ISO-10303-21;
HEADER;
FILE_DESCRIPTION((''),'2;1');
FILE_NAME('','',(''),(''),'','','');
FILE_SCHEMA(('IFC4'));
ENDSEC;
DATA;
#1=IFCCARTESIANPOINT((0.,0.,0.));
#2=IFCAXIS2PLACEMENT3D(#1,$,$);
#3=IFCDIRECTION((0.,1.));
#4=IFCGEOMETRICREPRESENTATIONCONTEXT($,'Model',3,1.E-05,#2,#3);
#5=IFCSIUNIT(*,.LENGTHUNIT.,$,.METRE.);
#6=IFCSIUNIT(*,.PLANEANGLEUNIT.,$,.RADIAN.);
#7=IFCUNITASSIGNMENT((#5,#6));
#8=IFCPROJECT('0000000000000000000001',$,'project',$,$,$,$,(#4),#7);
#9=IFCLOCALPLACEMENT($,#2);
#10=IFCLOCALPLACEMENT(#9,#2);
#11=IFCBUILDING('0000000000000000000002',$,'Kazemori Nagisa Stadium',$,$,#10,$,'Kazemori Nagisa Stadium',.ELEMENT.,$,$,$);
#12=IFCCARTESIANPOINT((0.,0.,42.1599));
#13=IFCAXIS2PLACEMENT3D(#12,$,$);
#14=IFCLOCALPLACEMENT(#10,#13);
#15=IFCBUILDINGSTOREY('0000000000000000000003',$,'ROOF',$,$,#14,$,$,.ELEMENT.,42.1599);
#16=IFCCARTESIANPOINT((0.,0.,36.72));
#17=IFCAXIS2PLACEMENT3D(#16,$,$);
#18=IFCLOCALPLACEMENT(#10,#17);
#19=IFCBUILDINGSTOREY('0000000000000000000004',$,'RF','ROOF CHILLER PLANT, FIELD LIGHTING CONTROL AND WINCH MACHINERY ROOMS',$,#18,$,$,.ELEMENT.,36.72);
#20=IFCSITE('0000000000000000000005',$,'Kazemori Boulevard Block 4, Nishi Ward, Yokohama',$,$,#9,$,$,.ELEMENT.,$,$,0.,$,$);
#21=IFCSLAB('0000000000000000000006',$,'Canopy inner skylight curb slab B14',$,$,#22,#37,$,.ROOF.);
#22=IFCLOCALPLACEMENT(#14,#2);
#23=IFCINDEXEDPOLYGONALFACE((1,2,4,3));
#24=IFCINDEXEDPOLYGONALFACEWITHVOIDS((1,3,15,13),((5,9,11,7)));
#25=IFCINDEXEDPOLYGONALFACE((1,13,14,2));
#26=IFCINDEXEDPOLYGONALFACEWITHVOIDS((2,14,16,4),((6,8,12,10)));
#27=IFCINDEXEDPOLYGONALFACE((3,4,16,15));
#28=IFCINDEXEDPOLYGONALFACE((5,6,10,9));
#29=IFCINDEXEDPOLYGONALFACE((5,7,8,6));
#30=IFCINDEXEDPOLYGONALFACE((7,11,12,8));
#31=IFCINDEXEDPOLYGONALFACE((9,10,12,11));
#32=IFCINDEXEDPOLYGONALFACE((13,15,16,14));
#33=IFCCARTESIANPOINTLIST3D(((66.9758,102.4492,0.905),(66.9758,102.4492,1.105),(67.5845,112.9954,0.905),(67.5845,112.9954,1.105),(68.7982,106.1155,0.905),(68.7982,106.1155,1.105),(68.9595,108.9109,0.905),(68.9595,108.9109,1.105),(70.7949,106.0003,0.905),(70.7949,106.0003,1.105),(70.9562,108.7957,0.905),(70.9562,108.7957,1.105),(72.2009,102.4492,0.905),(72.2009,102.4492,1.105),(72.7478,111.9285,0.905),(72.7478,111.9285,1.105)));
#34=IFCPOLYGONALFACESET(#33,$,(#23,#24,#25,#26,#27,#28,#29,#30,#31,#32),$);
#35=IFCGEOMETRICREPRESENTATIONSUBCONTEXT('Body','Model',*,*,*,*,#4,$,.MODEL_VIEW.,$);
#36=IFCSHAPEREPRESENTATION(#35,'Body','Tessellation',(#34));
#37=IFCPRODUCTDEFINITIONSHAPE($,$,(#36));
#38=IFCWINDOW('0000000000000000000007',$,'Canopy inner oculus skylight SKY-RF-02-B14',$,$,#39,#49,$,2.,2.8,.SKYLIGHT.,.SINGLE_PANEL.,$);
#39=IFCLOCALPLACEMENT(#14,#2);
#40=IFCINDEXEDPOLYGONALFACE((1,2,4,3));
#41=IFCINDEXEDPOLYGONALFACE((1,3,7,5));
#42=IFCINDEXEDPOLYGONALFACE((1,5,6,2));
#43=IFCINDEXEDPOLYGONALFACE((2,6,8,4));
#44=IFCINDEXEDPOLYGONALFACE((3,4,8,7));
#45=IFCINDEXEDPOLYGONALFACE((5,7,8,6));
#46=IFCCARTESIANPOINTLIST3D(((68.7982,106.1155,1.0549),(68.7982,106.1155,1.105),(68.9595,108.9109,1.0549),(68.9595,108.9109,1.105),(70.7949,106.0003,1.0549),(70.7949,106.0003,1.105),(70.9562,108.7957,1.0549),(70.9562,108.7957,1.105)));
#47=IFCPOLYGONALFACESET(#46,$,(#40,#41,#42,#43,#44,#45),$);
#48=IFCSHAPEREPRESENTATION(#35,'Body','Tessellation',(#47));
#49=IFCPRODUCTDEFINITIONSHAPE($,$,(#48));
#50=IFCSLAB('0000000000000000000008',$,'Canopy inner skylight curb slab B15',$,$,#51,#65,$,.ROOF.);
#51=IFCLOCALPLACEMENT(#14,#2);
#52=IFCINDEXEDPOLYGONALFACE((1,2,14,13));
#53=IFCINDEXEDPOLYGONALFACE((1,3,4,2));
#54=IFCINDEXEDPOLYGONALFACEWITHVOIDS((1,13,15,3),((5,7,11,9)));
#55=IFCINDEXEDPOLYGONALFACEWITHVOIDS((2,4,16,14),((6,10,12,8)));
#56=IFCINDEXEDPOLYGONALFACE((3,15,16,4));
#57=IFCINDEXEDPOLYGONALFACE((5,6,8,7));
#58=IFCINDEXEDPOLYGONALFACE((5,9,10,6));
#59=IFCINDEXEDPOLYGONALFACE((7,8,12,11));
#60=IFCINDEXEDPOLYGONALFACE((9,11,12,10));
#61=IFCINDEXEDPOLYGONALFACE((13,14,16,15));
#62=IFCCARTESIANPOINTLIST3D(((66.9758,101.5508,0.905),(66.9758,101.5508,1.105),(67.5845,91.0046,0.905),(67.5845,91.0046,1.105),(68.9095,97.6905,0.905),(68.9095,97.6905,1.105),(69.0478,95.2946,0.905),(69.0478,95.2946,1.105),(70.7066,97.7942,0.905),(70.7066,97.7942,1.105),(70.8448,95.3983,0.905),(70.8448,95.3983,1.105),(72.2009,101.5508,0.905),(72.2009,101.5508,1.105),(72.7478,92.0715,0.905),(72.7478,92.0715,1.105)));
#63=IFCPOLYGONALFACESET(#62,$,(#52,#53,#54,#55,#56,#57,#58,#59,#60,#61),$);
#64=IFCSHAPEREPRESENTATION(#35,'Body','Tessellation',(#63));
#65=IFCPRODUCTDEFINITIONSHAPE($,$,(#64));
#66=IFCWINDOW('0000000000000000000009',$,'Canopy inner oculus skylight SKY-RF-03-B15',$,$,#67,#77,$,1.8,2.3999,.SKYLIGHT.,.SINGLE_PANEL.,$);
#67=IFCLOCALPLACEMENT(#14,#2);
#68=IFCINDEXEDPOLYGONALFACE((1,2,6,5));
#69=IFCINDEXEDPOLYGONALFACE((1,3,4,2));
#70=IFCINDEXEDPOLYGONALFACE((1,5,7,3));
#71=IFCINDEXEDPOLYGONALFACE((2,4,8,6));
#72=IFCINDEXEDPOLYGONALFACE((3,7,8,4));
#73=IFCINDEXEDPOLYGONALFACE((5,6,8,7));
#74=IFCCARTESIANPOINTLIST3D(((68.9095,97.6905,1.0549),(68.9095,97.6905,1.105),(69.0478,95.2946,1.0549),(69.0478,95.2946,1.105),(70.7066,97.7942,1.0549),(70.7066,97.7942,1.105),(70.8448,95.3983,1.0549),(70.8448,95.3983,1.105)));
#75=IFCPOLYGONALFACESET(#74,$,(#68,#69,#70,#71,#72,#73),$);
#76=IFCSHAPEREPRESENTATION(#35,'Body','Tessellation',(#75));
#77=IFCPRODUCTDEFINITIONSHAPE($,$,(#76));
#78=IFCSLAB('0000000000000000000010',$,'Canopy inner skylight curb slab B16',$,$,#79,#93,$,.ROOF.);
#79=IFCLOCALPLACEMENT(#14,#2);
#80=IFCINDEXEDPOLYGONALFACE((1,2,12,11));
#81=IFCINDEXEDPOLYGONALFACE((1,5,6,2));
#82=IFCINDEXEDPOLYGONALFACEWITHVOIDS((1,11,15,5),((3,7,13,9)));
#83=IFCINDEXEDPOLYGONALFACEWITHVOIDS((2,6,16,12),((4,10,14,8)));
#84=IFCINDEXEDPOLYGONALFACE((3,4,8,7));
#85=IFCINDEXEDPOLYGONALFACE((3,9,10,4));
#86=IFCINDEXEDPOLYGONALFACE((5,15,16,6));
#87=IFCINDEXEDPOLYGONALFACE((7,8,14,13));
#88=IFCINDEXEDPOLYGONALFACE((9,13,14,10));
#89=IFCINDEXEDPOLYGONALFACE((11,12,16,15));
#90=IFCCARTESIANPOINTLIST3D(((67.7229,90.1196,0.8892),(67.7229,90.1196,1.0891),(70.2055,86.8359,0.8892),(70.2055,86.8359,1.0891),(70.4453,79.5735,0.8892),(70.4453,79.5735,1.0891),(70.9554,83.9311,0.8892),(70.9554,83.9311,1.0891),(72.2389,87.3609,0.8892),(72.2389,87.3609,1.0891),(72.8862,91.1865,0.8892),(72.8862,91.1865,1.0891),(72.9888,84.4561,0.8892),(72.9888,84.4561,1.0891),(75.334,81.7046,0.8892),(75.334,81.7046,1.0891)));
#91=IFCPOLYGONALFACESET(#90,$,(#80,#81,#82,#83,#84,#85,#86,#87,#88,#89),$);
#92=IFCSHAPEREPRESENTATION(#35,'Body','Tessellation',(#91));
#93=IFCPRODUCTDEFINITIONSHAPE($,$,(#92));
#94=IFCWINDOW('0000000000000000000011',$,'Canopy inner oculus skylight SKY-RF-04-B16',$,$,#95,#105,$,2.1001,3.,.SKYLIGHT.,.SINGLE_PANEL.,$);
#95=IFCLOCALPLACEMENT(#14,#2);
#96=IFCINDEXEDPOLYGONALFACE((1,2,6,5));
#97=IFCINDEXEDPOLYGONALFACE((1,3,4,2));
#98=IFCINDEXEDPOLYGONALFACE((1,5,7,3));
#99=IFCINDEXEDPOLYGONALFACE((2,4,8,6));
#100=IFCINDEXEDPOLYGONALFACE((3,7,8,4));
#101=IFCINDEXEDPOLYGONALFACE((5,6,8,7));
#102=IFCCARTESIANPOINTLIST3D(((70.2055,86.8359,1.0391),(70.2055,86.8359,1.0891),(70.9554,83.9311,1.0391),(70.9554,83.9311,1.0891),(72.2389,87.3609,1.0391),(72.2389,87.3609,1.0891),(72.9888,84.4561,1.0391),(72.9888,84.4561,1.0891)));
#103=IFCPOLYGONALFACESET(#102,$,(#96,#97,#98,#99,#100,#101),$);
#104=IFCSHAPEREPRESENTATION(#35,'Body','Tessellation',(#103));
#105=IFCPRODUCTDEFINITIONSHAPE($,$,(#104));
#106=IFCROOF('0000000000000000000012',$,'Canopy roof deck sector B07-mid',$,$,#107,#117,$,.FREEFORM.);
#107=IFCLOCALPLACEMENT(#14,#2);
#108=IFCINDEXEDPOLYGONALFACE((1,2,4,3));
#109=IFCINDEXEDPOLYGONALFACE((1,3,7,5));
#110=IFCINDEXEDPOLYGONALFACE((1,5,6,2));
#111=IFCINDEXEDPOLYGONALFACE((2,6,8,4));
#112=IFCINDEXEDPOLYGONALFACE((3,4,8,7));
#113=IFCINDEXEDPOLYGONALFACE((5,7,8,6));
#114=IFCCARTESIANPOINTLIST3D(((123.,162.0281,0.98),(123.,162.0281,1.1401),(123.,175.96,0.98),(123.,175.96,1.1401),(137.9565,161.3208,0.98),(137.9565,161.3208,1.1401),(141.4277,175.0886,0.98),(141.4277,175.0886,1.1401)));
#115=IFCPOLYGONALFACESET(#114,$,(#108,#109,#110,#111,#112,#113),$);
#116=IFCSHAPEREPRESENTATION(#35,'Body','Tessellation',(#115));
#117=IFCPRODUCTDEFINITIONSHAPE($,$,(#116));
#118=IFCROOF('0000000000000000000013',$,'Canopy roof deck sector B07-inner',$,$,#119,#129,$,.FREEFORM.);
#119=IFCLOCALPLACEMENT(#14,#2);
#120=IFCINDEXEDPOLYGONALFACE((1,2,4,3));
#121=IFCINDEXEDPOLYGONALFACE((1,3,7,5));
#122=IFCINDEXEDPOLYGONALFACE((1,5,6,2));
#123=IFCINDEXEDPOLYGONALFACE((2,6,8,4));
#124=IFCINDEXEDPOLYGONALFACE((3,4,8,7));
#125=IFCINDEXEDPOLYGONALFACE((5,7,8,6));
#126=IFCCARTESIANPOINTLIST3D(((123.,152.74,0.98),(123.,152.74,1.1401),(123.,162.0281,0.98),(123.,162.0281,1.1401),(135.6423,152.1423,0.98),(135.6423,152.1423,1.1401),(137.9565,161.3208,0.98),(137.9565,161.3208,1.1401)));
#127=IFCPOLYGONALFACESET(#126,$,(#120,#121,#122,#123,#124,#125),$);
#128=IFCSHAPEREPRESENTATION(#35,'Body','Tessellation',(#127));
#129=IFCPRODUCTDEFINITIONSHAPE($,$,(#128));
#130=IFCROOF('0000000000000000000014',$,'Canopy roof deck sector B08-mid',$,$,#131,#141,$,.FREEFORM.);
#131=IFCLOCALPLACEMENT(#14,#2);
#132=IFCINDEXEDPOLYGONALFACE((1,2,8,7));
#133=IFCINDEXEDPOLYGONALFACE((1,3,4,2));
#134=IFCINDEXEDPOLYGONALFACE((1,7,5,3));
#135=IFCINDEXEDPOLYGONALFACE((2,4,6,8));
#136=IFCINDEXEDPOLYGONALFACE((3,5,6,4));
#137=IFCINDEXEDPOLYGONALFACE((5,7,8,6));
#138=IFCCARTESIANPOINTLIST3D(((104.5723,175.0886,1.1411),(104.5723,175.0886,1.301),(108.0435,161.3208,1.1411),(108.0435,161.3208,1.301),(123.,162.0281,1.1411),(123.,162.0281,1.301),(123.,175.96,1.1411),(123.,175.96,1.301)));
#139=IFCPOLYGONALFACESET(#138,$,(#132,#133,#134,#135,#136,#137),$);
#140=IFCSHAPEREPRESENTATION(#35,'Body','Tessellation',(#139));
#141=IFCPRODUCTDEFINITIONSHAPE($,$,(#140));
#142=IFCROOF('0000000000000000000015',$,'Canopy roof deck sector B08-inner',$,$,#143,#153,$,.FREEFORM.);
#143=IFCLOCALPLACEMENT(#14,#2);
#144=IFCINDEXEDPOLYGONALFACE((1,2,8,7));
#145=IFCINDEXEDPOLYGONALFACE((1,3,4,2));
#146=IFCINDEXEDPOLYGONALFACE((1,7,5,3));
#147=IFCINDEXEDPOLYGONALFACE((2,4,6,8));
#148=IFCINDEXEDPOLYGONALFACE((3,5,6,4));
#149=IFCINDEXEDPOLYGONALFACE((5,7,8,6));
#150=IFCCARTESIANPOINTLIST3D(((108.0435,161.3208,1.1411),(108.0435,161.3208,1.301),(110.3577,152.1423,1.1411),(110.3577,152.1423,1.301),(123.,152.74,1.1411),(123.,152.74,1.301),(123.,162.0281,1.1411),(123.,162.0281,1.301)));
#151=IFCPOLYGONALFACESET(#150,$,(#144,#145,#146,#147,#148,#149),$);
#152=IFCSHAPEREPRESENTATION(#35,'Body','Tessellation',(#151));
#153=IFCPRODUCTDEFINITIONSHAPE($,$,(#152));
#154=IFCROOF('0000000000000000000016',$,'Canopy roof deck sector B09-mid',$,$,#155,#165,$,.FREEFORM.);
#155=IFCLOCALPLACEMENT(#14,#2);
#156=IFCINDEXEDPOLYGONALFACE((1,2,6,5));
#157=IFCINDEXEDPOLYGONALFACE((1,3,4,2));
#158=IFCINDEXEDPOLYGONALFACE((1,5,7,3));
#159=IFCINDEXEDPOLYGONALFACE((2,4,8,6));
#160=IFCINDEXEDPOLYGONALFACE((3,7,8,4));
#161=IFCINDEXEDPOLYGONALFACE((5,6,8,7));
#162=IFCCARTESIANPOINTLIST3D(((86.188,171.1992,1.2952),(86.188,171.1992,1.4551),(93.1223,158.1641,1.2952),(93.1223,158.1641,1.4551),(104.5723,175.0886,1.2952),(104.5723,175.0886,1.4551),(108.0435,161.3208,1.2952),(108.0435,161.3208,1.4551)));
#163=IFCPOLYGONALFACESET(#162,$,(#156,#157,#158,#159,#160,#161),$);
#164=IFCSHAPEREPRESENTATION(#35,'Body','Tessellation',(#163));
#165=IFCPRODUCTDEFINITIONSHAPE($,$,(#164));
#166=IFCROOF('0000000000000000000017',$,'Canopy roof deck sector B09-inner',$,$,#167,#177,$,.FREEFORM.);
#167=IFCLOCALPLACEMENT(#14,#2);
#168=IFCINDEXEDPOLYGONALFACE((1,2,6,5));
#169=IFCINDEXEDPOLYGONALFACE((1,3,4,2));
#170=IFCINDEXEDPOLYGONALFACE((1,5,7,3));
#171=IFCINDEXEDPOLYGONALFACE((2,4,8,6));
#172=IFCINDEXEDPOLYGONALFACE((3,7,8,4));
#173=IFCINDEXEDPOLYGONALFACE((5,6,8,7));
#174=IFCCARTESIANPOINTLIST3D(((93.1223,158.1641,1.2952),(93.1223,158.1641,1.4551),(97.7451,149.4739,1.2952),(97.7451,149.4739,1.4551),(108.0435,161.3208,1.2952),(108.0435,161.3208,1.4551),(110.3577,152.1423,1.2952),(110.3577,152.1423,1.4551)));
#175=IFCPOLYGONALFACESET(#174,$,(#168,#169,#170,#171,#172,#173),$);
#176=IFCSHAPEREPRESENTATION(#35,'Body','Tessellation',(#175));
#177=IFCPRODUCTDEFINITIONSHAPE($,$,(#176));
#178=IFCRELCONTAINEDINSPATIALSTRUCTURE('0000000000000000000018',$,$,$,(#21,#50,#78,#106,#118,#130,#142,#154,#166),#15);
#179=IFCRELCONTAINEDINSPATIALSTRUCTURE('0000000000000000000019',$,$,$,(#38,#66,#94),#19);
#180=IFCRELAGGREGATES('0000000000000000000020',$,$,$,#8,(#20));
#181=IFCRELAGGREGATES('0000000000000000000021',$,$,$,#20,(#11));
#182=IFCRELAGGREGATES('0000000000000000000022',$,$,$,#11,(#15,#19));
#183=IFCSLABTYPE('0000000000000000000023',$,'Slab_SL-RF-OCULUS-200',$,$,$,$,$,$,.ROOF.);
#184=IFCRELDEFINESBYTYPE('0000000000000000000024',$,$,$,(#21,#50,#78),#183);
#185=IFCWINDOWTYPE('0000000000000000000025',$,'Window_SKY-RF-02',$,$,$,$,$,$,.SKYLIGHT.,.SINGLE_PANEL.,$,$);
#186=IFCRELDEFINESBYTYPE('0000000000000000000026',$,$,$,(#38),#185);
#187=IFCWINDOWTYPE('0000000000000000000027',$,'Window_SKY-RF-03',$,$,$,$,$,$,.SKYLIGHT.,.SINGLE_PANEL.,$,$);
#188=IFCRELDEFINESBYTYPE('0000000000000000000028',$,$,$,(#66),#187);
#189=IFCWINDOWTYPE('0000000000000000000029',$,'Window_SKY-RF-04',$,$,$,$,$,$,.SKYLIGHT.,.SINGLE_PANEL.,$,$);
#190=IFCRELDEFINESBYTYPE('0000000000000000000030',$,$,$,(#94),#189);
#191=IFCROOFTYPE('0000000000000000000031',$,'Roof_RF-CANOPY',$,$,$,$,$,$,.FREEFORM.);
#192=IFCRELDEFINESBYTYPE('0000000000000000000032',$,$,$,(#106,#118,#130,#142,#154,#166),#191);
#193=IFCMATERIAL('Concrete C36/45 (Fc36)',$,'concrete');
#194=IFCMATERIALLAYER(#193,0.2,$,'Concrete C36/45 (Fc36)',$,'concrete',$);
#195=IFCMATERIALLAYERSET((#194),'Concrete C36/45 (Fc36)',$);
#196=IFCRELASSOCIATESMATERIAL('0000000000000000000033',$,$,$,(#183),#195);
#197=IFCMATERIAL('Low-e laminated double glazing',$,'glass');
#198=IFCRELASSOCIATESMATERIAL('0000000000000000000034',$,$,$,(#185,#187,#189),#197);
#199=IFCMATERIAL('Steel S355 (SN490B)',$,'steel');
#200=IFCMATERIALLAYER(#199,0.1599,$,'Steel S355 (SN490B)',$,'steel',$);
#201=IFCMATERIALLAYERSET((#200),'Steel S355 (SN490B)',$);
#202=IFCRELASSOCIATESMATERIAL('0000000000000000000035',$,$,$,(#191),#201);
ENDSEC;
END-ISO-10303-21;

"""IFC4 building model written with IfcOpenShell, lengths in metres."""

from ifc_helpers import new_model, si_unit, direction, frame, origin, origin_2d, place, context, subcontext, project, spatial, polyline, rectangle, outline, extrude, material, layer, layer_set, type_object, element, fill, save


model = new_model("IFC4")

# Units and contexts
model_context = context("Model", 3, precision=1e-05, world=origin(), true_north=direction((0.0, 1.0)))
body_context = subcontext(model_context, "Body", "Model", "MODEL_VIEW")
ifc_project = project(units=[si_unit("LENGTHUNIT", "METRE"), si_unit("PLANEANGLEUNIT", "RADIAN")], contexts=[model_context])

# Site, building, storey
site_placement = place(None, origin())
site = spatial("IfcSite", under=ifc_project, at=site_placement, Name="Kazemori Boulevard Block 4, Nishi Ward, Yokohama", CompositionType="ELEMENT", RefElevation=0.0)
building_placement = place(site_placement, origin())
building = spatial("IfcBuilding", under=site, at=building_placement, Name="Kazemori Nagisa Stadium", LongName="Kazemori Nagisa Stadium", CompositionType="ELEMENT")
storey_1_placement = place(building_placement, frame((0.0, 0.0, 42.1599)))
storey_1 = spatial("IfcBuildingStorey", under=building, at=storey_1_placement, Name="ROOF", CompositionType="ELEMENT", Elevation=42.1599)

# Slab, opening
ifc_material_1 = material(Name="Concrete C36/45 (Fc36)", Category="concrete")
ifc_layer_1 = layer(ifc_material_1, 0.2, Name="Concrete C36/45 (Fc36)", Category="concrete")
ifc_layer_set_1 = layer_set([ifc_layer_1], Name="Concrete C36/45 (Fc36)")
slab_type = type_object("IfcSlabType", Name="Slab_SL-RF-OCULUS-200", PredefinedType="ROOF", material=ifc_layer_set_1)
slab_1_placement = place(storey_1_placement, frame((0.0, 0.0, 0.905)))
slab_1 = element("IfcSlab", 1, at=slab_1_placement, inside=storey_1, type_object=slab_type, Name="Canopy inner skylight curb slab B14", PredefinedType="ROOF", context=body_context, shape_type="SweptSolid", body=[
    extrude(outline(polyline([(72.7478, 111.9285), (72.2009, 102.4492), (66.9758, 102.4492), (67.5845, 112.9954), (72.7478, 111.9285)])), origin(), (0.0, 0.0, 1.0), 0.2),
])
opening_1_placement = place(slab_1_placement, frame((69.8772, 107.4556, 0.0), z_axis=(0.0, 0.0, 1.0), x_axis=(-0.057602, -0.99834, 0.0)))
opening_1 = element("IfcOpeningElement", 2, at=opening_1_placement, cuts=slab_1, PredefinedType="OPENING", context=body_context, shape_type="SweptSolid", body=[
    extrude(rectangle(XDim=2.8, YDim=2.0, at=origin_2d()), frame((0.0, 0.0, -0.01)), (0.0, 0.0, 1.0), 0.22),
])

# Shared definitions
storey_2_placement = place(building_placement, frame((0.0, 0.0, 36.72)))
storey_2 = spatial("IfcBuildingStorey", under=building, at=storey_2_placement, Name="RF", Description="ROOF CHILLER PLANT, FIELD LIGHTING CONTROL AND WINCH MACHINERY ROOMS", CompositionType="ELEMENT", Elevation=36.72)

# Window
ifc_material_2 = material(Name="Low-e laminated double glazing", Category="glass")
window_type_1 = type_object("IfcWindowType", Name="Window_SKY-RF-02", PartitioningType="SINGLE_PANEL", PredefinedType="SKYLIGHT", material=ifc_material_2)
window_1_placement = place(opening_1_placement, frame((0.0, 0.0, 0.1499)))
window_1 = element("IfcWindow", 3, at=window_1_placement, inside=storey_2, type_object=window_type_1, Name="Canopy inner oculus skylight SKY-RF-02-B14", OverallHeight=2.0, OverallWidth=2.8, PartitioningType="SINGLE_PANEL", PredefinedType="SKYLIGHT", context=body_context, shape_type="SweptSolid", body=[
    extrude(rectangle(XDim=2.8, YDim=2.0, at=origin_2d()), origin(), (0.0, 0.0, 1.0), 0.05),
])
fill(opening_1, window_1)

# Slabs, openings, windows
slab_2_placement = place(storey_1_placement, frame((0.0, 0.0, 0.905)))
slab_2 = element("IfcSlab", 4, at=slab_2_placement, inside=storey_1, type_object=slab_type, Name="Canopy inner skylight curb slab B15", PredefinedType="ROOF", context=body_context, shape_type="SweptSolid", body=[
    extrude(outline(polyline([(72.2009, 101.5508), (72.7478, 92.0715), (67.5845, 91.0046), (66.9758, 101.5508), (72.2009, 101.5508)])), origin(), (0.0, 0.0, 1.0), 0.2),
])
opening_2_placement = place(slab_2_placement, frame((69.8772, 96.5444, 0.0), z_axis=(0.0, 0.0, 1.0), x_axis=(0.057602, -0.99834, 0.0)))
opening_2 = element("IfcOpeningElement", 5, at=opening_2_placement, cuts=slab_2, PredefinedType="OPENING", context=body_context, shape_type="SweptSolid", body=[
    extrude(rectangle(XDim=2.3999, YDim=1.8, at=origin_2d()), frame((0.0, 0.0, -0.01)), (0.0, 0.0, 1.0), 0.22),
])
window_type_2 = type_object("IfcWindowType", Name="Window_SKY-RF-03", PartitioningType="SINGLE_PANEL", PredefinedType="SKYLIGHT", material=ifc_material_2)
window_2_placement = place(opening_2_placement, frame((0.0, 0.0, 0.1499)))
window_2 = element("IfcWindow", 6, at=window_2_placement, inside=storey_2, type_object=window_type_2, Name="Canopy inner oculus skylight SKY-RF-03-B15", OverallHeight=1.8, OverallWidth=2.3999, PartitioningType="SINGLE_PANEL", PredefinedType="SKYLIGHT", context=body_context, shape_type="SweptSolid", body=[
    extrude(rectangle(XDim=2.3999, YDim=1.8, at=origin_2d()), origin(), (0.0, 0.0, 1.0), 0.05),
])
fill(opening_2, window_2)
slab_3_placement = place(storey_1_placement, frame((0.0, 0.0, 0.8892)))
slab_3 = element("IfcSlab", 7, at=slab_3_placement, inside=storey_1, type_object=slab_type, Name="Canopy inner skylight curb slab B16", PredefinedType="ROOF", context=body_context, shape_type="SweptSolid", body=[
    extrude(outline(polyline([(72.8862, 91.1865), (75.334, 81.7046), (70.4453, 79.5735), (67.7229, 90.1196), (72.8862, 91.1865)])), origin(), (0.0, 0.0, 1.0), 0.2),
])
opening_3_placement = place(slab_3_placement, frame((71.5972, 85.646, 0.0), z_axis=(0.0, 0.0, 1.0), x_axis=(0.249965, -0.968255, 0.0)))
opening_3 = element("IfcOpeningElement", 8, at=opening_3_placement, cuts=slab_3, PredefinedType="OPENING", context=body_context, shape_type="SweptSolid", body=[
    extrude(rectangle(XDim=3.0, YDim=2.1001, at=origin_2d()), frame((0.0, 0.0, -0.01)), (0.0, 0.0, 1.0), 0.22),
])
window_type_3 = type_object("IfcWindowType", Name="Window_SKY-RF-04", PartitioningType="SINGLE_PANEL", PredefinedType="SKYLIGHT", material=ifc_material_2)
window_3_placement = place(opening_3_placement, frame((0.0, 0.0, 0.1499)))
window_3 = element("IfcWindow", 9, at=window_3_placement, inside=storey_2, type_object=window_type_3, Name="Canopy inner oculus skylight SKY-RF-04-B16", OverallHeight=2.1001, OverallWidth=3.0, PartitioningType="SINGLE_PANEL", PredefinedType="SKYLIGHT", context=body_context, shape_type="SweptSolid", body=[
    extrude(rectangle(XDim=3.0, YDim=2.1001, at=origin_2d()), origin(), (0.0, 0.0, 1.0), 0.05),
])
fill(opening_3, window_3)

# Roofs
ifc_material_3 = material(Name="Steel S355 (SN490B)", Category="steel")
ifc_layer_2 = layer(ifc_material_3, 0.1599, Name="Steel S355 (SN490B)", Category="steel")
ifc_layer_set_2 = layer_set([ifc_layer_2], Name="Steel S355 (SN490B)")
roof_type = type_object("IfcRoofType", Name="Roof_RF-CANOPY", PredefinedType="FREEFORM", material=ifc_layer_set_2)
roof_1_placement = place(storey_1_placement, frame((0.0, 0.0, 0.98)))
element("IfcRoof", 10, at=roof_1_placement, inside=storey_1, type_object=roof_type, Name="Canopy roof deck sector B07-mid", PredefinedType="FREEFORM", context=body_context, shape_type="SweptSolid", body=[
    extrude(outline(polyline([(141.4277, 175.0886), (123.0, 175.96), (123.0, 162.0281), (137.9565, 161.3208), (141.4277, 175.0886)])), origin(), (0.0, 0.0, 1.0), 0.1602),
])
roof_2_placement = place(storey_1_placement, frame((0.0, 0.0, 0.98)))
element("IfcRoof", 11, at=roof_2_placement, inside=storey_1, type_object=roof_type, Name="Canopy roof deck sector B07-inner", PredefinedType="FREEFORM", context=body_context, shape_type="SweptSolid", body=[
    extrude(outline(polyline([(137.9565, 161.3208), (123.0, 162.0281), (123.0, 152.74), (135.6423, 152.1423), (137.9565, 161.3208)])), origin(), (0.0, 0.0, 1.0), 0.1602),
])
roof_3_placement = place(storey_1_placement, frame((0.0, 0.0, 1.1411)))
element("IfcRoof", 12, at=roof_3_placement, inside=storey_1, type_object=roof_type, Name="Canopy roof deck sector B08-mid", PredefinedType="FREEFORM", context=body_context, shape_type="SweptSolid", body=[
    extrude(outline(polyline([(123.0, 175.96), (104.5723, 175.0886), (108.0435, 161.3208), (123.0, 162.0281), (123.0, 175.96)])), origin(), (0.0, 0.0, 1.0), 0.1599),
])
roof_4_placement = place(storey_1_placement, frame((0.0, 0.0, 1.1411)))
element("IfcRoof", 13, at=roof_4_placement, inside=storey_1, type_object=roof_type, Name="Canopy roof deck sector B08-inner", PredefinedType="FREEFORM", context=body_context, shape_type="SweptSolid", body=[
    extrude(outline(polyline([(123.0, 162.0281), (108.0435, 161.3208), (110.3577, 152.1423), (123.0, 152.74), (123.0, 162.0281)])), origin(), (0.0, 0.0, 1.0), 0.1599),
])
roof_5_placement = place(storey_1_placement, frame((0.0, 0.0, 1.2952)))
element("IfcRoof", 14, at=roof_5_placement, inside=storey_1, type_object=roof_type, Name="Canopy roof deck sector B09-mid", PredefinedType="FREEFORM", context=body_context, shape_type="SweptSolid", body=[
    extrude(outline(polyline([(104.5723, 175.0886), (86.188, 171.1992), (93.1223, 158.1641), (108.0435, 161.3208), (104.5723, 175.0886)])), origin(), (0.0, 0.0, 1.0), 0.1599),
])
roof_6_placement = place(storey_1_placement, frame((0.0, 0.0, 1.2952)))
element("IfcRoof", 15, at=roof_6_placement, inside=storey_1, type_object=roof_type, Name="Canopy roof deck sector B09-inner", PredefinedType="FREEFORM", context=body_context, shape_type="SweptSolid", body=[
    extrude(outline(polyline([(108.0435, 161.3208), (93.1223, 158.1641), (97.7451, 149.4739), (110.3577, 152.1423), (108.0435, 161.3208)])), origin(), (0.0, 0.0, 1.0), 0.1599),
])

save(model, "model.ifc")
